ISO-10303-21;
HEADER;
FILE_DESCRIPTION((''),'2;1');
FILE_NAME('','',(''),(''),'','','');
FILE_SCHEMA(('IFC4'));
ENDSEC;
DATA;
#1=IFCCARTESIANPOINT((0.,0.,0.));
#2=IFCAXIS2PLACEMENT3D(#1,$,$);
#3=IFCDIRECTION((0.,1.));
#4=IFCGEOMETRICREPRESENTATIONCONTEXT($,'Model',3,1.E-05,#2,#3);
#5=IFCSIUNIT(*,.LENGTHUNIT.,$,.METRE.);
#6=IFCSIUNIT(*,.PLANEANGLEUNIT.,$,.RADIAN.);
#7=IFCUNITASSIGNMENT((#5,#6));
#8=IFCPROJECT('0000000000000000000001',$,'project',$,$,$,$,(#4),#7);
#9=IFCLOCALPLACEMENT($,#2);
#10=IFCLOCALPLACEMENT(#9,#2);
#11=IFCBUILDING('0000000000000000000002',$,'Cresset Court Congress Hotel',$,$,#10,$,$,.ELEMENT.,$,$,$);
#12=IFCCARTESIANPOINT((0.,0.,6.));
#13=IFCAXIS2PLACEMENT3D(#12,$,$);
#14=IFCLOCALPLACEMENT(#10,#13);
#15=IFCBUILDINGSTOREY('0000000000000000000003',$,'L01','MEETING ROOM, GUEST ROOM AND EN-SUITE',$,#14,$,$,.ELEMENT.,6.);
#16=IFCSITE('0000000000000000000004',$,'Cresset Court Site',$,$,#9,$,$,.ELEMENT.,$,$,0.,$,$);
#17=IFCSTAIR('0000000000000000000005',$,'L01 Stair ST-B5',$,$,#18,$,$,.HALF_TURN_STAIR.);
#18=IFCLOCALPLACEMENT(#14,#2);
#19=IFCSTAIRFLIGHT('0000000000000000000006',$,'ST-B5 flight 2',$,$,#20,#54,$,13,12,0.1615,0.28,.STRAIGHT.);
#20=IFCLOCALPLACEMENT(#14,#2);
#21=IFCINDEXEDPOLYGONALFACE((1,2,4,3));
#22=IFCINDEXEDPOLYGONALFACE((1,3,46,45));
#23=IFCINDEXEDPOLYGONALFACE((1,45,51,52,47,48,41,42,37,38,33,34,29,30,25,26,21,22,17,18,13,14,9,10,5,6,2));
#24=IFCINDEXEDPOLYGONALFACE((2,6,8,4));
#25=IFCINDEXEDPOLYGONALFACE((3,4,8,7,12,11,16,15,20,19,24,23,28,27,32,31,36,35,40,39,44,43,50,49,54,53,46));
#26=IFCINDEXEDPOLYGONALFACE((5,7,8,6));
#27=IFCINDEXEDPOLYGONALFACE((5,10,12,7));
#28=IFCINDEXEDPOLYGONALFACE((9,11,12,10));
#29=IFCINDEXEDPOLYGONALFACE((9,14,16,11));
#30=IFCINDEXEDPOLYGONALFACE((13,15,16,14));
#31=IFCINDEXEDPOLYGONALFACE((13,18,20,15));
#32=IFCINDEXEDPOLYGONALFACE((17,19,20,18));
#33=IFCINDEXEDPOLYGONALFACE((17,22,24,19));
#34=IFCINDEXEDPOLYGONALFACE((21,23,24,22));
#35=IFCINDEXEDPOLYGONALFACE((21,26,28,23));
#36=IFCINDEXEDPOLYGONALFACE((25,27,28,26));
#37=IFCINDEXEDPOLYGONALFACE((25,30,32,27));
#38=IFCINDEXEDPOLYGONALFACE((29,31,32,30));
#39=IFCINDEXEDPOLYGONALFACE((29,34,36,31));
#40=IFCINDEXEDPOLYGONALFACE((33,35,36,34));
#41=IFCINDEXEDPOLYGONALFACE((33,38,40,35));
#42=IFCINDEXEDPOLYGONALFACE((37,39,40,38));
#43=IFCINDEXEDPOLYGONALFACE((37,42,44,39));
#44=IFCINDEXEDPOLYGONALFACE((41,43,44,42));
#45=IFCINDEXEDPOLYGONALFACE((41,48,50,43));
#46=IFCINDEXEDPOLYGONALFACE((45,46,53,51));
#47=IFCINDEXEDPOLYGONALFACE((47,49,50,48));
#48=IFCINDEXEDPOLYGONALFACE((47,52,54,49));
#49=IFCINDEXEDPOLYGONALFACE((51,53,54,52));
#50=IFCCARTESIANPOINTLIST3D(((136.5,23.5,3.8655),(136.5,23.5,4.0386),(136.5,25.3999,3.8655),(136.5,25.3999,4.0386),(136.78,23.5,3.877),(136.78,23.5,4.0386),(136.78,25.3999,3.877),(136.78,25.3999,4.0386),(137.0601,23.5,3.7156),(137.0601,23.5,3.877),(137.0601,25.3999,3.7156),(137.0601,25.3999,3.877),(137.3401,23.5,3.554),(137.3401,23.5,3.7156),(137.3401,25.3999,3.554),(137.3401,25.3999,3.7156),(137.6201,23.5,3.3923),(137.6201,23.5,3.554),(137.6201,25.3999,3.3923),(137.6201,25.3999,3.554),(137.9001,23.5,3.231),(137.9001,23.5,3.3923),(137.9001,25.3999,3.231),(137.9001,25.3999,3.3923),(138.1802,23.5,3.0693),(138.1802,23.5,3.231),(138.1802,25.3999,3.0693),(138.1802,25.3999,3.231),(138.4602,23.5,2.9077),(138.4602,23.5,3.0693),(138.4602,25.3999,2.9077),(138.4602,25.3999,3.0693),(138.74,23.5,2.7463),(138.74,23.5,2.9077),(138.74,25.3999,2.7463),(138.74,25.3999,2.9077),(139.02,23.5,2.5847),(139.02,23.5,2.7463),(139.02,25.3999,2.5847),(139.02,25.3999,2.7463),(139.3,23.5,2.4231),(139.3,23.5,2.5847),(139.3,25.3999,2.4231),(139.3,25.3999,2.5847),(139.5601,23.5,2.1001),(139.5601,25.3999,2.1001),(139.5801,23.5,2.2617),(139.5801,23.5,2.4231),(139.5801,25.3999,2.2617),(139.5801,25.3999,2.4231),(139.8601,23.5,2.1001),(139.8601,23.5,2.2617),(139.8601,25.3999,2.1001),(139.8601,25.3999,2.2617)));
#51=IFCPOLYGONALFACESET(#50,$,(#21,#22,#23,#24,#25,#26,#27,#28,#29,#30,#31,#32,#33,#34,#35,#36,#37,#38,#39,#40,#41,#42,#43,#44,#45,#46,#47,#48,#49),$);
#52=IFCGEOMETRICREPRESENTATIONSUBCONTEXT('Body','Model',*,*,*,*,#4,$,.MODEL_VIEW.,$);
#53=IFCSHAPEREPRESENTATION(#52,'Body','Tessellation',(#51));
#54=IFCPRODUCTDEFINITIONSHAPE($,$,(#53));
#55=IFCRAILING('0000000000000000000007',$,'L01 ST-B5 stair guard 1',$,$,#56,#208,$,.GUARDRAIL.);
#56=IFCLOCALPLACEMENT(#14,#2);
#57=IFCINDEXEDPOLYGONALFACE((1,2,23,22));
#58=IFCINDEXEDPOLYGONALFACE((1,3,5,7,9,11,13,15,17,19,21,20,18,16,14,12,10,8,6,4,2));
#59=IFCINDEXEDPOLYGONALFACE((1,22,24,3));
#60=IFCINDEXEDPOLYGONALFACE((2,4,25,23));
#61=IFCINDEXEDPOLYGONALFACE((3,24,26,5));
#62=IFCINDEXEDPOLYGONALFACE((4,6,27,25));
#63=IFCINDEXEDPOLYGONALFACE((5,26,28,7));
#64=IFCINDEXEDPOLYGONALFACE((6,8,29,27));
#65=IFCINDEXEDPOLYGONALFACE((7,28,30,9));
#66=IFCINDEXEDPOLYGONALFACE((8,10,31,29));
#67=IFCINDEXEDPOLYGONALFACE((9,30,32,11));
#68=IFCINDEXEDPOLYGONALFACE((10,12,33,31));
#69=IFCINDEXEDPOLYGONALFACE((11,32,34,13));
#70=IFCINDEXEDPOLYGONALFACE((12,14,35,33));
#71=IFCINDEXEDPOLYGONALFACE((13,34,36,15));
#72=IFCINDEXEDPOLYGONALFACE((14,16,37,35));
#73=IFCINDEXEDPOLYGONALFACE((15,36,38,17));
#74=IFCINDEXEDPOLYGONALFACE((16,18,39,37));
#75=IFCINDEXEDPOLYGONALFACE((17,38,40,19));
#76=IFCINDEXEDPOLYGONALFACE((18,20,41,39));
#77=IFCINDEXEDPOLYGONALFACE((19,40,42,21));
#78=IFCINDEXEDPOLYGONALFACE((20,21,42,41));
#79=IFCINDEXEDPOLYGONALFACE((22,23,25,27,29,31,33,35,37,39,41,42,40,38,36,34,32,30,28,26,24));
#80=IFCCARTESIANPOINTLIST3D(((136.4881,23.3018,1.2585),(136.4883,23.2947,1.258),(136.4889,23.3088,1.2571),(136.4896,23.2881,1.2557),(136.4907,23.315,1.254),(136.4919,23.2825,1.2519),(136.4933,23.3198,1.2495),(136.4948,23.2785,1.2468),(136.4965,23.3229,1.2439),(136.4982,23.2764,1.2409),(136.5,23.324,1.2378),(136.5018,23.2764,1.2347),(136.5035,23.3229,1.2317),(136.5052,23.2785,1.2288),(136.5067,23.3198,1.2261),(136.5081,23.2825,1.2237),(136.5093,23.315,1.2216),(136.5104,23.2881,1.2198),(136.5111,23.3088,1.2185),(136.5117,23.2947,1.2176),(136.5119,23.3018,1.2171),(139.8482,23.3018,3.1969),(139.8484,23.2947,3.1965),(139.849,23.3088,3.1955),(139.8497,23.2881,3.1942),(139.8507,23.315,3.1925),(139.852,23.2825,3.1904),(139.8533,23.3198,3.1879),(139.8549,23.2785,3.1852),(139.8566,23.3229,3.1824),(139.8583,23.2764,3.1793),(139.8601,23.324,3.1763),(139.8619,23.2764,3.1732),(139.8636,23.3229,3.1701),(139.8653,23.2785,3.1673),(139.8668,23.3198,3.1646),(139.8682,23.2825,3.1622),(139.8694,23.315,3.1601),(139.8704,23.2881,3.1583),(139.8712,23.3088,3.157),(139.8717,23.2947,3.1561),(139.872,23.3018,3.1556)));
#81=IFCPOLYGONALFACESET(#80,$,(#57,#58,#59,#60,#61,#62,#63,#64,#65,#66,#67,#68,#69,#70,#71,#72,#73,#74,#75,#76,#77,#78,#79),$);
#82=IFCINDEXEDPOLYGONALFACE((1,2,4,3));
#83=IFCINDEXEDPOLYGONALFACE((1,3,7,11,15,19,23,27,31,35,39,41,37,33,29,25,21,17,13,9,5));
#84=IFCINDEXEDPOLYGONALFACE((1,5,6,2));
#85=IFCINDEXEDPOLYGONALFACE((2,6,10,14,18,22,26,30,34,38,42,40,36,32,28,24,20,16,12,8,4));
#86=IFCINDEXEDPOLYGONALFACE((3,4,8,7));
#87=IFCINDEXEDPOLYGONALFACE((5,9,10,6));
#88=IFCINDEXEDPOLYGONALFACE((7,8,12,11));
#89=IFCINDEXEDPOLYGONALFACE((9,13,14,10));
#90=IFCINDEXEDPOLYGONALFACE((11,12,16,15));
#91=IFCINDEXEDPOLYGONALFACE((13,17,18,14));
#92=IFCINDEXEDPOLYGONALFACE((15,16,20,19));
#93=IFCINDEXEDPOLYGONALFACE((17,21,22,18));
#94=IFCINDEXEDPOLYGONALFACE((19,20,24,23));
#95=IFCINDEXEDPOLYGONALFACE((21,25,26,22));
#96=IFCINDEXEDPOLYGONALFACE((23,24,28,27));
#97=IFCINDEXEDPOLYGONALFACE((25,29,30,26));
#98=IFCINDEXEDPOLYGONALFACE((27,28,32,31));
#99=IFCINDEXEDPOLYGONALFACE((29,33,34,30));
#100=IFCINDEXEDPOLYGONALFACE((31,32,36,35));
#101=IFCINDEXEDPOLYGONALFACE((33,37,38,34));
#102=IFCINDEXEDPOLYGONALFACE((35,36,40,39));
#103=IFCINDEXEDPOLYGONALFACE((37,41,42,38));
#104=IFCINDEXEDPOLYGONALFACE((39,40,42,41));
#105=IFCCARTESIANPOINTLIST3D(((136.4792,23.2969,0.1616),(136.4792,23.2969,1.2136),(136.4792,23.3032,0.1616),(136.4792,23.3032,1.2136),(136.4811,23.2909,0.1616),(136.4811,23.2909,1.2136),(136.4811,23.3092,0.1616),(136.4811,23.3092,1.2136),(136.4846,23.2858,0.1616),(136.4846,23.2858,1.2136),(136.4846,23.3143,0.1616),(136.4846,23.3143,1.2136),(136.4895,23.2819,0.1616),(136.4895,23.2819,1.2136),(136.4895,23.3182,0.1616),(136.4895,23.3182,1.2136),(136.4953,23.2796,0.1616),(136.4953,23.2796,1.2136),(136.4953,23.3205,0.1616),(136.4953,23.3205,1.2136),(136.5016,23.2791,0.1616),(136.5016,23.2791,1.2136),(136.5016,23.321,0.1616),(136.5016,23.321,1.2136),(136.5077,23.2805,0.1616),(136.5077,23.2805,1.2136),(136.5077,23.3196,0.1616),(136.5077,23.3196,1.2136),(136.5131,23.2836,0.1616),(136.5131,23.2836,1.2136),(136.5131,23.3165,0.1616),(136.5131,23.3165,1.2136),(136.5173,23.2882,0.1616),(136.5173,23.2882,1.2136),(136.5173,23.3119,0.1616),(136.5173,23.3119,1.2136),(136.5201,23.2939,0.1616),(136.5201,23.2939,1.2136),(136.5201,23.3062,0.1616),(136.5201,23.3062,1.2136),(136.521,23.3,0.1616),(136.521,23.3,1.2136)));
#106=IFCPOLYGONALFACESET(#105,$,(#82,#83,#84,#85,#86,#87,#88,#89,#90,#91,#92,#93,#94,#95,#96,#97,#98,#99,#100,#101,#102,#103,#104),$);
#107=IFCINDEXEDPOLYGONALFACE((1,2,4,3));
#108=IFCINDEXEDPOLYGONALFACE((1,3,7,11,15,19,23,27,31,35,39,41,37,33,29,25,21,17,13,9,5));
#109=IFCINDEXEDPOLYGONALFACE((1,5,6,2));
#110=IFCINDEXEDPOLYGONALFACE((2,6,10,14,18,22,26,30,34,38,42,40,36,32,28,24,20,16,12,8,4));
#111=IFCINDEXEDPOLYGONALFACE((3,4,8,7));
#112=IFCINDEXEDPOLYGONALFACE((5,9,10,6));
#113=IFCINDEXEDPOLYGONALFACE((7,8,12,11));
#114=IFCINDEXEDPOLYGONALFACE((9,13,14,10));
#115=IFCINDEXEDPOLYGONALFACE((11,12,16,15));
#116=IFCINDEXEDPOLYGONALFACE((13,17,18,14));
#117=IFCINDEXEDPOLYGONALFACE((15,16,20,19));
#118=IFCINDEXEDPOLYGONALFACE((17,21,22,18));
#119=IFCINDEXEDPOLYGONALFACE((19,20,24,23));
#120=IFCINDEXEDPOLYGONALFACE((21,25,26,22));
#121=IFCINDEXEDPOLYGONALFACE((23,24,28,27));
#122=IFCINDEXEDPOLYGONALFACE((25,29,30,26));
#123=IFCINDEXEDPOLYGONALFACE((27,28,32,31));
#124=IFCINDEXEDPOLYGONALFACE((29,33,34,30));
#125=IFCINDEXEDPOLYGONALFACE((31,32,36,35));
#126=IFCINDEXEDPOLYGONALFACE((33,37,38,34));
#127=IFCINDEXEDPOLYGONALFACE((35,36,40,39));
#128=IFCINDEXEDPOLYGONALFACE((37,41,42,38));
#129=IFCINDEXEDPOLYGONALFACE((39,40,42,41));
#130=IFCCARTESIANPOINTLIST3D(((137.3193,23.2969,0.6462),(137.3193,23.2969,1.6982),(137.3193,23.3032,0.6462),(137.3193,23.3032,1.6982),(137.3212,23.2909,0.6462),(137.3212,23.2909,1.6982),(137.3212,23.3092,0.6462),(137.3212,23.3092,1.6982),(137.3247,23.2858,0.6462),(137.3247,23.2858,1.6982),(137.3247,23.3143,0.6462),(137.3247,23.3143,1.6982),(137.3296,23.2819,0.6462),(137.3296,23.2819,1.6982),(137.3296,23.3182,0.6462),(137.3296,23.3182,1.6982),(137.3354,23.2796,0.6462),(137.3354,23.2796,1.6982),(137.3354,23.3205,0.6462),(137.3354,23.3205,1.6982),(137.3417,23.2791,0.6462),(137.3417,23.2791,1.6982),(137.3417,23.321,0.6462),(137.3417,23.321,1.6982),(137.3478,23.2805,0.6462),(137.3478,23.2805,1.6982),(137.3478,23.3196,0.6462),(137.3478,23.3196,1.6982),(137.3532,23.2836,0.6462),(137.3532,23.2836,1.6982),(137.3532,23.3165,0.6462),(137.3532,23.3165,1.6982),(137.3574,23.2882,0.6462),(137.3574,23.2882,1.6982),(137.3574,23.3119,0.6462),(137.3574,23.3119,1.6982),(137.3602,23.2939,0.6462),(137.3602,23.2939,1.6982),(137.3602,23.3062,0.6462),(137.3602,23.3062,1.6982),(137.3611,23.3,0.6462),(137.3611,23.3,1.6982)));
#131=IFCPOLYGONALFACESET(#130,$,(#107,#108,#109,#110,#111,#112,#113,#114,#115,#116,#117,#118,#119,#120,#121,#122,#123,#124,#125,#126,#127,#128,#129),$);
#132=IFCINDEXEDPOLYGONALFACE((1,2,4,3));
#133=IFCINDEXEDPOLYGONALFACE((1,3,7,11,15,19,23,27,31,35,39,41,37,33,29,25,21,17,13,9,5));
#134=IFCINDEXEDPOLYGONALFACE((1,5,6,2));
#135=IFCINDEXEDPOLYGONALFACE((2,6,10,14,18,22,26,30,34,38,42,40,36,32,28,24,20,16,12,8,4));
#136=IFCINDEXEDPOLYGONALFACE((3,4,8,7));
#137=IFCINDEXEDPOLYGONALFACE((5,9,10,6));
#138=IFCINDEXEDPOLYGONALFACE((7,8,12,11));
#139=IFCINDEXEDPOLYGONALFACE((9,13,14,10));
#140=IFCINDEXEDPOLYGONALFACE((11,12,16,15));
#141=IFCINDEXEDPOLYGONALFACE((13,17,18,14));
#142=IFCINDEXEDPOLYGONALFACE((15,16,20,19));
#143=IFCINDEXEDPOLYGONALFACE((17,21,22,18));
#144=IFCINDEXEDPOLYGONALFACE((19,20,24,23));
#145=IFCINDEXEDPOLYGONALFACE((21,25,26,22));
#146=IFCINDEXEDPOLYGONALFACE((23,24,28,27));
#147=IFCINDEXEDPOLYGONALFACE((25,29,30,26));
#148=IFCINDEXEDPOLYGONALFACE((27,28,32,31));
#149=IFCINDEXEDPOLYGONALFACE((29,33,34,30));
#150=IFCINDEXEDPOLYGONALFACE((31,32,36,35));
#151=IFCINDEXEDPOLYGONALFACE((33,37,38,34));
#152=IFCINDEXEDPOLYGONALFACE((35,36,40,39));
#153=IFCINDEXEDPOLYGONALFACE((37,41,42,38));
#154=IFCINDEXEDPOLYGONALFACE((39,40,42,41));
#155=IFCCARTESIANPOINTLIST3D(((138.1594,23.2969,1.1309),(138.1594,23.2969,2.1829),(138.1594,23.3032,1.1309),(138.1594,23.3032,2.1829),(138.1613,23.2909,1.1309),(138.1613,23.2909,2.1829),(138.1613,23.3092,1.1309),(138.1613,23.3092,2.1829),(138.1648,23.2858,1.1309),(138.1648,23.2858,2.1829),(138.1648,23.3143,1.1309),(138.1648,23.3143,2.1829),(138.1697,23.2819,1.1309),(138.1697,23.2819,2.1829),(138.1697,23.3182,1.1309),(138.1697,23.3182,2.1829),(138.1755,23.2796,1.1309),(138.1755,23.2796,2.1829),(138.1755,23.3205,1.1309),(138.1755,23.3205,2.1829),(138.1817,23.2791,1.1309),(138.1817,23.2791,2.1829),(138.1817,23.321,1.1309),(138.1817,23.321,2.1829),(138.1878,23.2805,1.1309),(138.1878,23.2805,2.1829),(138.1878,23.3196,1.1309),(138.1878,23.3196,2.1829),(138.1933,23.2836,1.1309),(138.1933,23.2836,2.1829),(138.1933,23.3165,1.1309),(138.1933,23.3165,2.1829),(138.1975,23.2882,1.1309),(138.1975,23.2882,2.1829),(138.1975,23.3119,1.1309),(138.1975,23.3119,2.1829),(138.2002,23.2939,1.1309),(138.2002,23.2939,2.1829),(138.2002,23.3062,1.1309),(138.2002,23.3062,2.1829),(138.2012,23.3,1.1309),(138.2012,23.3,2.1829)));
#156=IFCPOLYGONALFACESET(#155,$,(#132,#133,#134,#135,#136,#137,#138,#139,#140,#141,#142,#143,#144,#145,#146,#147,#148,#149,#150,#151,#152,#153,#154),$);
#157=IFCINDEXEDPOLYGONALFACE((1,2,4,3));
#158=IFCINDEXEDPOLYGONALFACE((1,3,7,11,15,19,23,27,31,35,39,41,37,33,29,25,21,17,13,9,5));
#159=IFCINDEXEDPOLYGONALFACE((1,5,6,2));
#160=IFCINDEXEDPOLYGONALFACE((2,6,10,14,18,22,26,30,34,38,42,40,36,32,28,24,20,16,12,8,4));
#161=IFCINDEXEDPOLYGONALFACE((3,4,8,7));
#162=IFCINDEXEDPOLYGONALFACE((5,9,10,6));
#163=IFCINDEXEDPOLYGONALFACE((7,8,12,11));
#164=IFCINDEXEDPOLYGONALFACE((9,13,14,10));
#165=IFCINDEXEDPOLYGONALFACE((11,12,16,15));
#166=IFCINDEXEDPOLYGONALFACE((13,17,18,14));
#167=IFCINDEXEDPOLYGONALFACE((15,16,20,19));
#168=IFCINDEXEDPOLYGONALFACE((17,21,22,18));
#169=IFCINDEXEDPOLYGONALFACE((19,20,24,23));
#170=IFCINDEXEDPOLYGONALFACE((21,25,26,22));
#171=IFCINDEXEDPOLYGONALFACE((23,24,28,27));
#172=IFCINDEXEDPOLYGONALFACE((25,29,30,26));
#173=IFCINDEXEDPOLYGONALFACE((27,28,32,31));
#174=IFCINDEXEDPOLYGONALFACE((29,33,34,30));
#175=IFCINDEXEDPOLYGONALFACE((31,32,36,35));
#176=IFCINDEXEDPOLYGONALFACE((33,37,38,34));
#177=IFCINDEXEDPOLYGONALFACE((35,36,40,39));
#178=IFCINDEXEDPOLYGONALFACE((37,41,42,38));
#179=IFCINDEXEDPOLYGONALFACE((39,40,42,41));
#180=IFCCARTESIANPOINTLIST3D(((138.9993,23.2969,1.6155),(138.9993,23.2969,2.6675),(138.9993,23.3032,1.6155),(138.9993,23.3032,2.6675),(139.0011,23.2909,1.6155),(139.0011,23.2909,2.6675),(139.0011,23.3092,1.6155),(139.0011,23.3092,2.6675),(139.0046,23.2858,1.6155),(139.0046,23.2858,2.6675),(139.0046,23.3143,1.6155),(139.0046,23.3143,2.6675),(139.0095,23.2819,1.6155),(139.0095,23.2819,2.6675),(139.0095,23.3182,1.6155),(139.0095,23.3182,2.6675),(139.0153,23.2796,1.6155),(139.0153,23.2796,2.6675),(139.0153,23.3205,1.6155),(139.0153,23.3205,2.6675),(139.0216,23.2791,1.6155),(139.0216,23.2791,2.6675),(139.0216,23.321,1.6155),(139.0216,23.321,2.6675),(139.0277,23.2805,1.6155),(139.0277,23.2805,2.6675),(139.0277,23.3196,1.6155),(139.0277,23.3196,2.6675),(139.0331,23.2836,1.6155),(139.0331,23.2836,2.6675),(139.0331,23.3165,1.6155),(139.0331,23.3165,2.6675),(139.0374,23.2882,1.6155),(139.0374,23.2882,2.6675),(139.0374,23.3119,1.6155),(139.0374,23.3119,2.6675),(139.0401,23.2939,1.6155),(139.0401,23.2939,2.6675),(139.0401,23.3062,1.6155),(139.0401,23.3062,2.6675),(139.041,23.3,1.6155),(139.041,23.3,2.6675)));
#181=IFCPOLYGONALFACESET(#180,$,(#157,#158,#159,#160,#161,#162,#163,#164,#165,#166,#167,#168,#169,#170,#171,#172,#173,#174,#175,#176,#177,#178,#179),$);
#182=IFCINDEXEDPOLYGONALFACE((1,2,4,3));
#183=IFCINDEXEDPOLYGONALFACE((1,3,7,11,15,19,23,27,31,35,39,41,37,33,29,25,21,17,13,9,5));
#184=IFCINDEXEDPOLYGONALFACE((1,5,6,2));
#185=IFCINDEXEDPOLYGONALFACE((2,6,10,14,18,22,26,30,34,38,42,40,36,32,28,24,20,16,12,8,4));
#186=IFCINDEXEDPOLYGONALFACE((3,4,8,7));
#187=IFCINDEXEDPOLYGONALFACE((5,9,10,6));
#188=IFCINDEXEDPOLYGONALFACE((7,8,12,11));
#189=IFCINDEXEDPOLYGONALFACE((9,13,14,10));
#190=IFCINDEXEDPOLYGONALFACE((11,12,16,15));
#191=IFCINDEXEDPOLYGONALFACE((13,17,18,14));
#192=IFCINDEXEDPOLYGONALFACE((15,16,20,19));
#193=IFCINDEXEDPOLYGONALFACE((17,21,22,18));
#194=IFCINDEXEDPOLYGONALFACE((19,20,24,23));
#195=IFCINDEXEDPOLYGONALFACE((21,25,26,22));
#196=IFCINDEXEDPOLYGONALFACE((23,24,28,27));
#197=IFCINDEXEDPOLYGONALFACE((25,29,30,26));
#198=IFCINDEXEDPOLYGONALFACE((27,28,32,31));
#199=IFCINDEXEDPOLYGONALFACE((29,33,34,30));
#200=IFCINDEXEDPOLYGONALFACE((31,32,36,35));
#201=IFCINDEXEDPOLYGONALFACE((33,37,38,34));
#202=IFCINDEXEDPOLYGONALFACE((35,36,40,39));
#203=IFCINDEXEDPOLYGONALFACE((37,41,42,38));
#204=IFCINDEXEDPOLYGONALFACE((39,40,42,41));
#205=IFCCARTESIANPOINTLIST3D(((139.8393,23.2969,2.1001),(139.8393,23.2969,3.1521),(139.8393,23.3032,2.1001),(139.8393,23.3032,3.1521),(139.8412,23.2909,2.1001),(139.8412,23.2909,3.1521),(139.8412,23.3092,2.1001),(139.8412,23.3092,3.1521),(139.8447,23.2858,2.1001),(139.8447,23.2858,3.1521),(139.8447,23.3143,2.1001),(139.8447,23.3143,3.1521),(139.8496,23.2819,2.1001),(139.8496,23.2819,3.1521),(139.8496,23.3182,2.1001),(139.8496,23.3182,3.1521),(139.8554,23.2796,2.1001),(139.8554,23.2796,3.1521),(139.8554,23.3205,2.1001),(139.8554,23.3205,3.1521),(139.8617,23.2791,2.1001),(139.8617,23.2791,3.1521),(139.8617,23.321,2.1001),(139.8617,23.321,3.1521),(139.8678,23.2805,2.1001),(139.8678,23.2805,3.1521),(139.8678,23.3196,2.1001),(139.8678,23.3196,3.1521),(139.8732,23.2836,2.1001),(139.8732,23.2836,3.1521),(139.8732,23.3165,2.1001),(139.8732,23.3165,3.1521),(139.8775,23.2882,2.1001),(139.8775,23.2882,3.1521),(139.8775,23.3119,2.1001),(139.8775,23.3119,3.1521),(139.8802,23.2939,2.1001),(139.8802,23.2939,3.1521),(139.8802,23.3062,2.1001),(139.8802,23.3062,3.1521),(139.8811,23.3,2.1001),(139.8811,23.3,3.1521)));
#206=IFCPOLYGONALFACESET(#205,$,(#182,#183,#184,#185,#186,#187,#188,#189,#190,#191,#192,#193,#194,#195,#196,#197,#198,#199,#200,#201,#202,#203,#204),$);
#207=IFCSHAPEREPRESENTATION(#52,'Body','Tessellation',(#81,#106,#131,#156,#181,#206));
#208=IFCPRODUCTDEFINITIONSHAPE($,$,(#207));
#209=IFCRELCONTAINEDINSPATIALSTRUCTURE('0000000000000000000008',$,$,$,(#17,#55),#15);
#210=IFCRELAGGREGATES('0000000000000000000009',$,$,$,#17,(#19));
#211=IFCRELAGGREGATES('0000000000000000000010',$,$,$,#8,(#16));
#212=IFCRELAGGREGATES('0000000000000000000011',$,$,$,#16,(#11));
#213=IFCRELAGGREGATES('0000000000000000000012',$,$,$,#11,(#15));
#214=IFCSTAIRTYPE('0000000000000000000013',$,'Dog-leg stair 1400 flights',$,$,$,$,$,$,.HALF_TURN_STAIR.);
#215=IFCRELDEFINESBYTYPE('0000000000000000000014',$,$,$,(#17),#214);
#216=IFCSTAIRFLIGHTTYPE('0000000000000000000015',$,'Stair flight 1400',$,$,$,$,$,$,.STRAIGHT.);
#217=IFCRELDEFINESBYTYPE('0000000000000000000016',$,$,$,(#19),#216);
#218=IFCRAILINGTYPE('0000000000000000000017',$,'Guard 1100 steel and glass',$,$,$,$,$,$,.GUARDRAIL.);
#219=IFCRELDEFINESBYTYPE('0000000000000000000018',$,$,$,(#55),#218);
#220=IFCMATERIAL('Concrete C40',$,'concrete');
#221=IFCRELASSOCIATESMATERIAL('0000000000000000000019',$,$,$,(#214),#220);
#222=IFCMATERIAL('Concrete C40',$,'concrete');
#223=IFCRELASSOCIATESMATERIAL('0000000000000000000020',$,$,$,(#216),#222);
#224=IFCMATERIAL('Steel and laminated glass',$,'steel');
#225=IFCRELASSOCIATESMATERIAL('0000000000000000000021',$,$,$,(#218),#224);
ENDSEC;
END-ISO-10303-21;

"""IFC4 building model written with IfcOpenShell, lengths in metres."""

from ifc_helpers import new_model, si_unit, direction, frame, origin, origin_2d, place, context, subcontext, project, spatial, polyline, circle, outline, extrude, material, type_object, element, aggregate, save


model = new_model("IFC4")

# Units and contexts
model_context = context("Model", 3, precision=1e-05, world=origin(), true_north=direction((0.0, 1.0)))
body_context = subcontext(model_context, "Body", "Model", "MODEL_VIEW")
ifc_project = project(units=[si_unit("LENGTHUNIT", "METRE"), si_unit("PLANEANGLEUNIT", "RADIAN")], contexts=[model_context])

# Site, building, storey
site_placement = place(None, origin())
site = spatial("IfcSite", under=ifc_project, at=site_placement, Name="Cresset Court Site", CompositionType="ELEMENT", RefElevation=0.0)
building_placement = place(site_placement, origin())
building = spatial("IfcBuilding", under=site, at=building_placement, Name="Cresset Court Congress Hotel", CompositionType="ELEMENT")
storey_placement = place(building_placement, frame((0.0, 0.0, 6.0)))
storey = spatial("IfcBuildingStorey", under=building, at=storey_placement, Name="L01", Description="MEETING ROOM, GUEST ROOM AND EN-SUITE", CompositionType="ELEMENT", Elevation=6.0)

# Stair, stair flight
ifc_material_1 = material(Name="Concrete C40", Category="concrete")
stair_type = type_object("IfcStairType", Name="Dog-leg stair 1400 flights", PredefinedType="HALF_TURN_STAIR", material=ifc_material_1)
stair_placement = place(storey_placement, origin())
stair = element("IfcStair", 1, at=stair_placement, inside=storey, type_object=stair_type, Name="L01 Stair ST-B5", PredefinedType="HALF_TURN_STAIR")
ifc_material_2 = material(Name="Concrete C40", Category="concrete")
stair_flight_type = type_object("IfcStairFlightType", Name="Stair flight 1400", PredefinedType="STRAIGHT", material=ifc_material_2)
stair_flight_1_placement = place(storey_placement, frame((139.8601, 24.45, 2.1001), z_axis=(0.0, 0.0, 1.0), x_axis=(-1.0, 0.0, 0.0)))
stair_flight_1 = element("IfcStairFlight", 2, at=stair_flight_1_placement, type_object=stair_flight_type, Name="ST-B5 flight 2", NumberOfRisers=13, NumberOfTreads=12, PredefinedType="STRAIGHT", RiserHeight=0.1615, TreadLength=0.28, context=body_context, shape_type="SweptSolid", body=[
    extrude(outline(polyline([(0.0, 0.0), (0.0, 0.1616), (0.28, 0.1616), (0.28, 0.323), (0.5601, 0.323), (0.5601, 0.4846), (0.8401, 0.4846), (0.8401, 0.6462), (1.1201, 0.6462), (1.1201, 0.8076), (1.3999, 0.8076), (1.3999, 0.9692), (1.6799, 0.9692), (1.6799, 1.1309), (1.96, 1.1309), (1.96, 1.2922), (2.24, 1.2922), (2.24, 1.4539), (2.52, 1.4539), (2.52, 1.6155), (2.8, 1.6155), (2.8, 1.7769), (3.0801, 1.7769), (3.0801, 1.9385), (3.3601, 1.9385), (3.3601, 2.1001), (3.3601, 1.7654), (0.3, 0.0), (0.0, 0.0)])), frame((0.0, 0.95, 0.0), z_axis=(0.0, -1.0, 0.0), x_axis=(1.0, 0.0, 0.0)), (0.0, 0.0, 1.0), 1.8999),
])
aggregate(stair, [stair_flight_1])

# Railing
ifc_material_3 = material(Name="Steel and laminated glass", Category="steel")
railing_type_1 = type_object("IfcRailingType", Name="Guard 1100 steel and glass", PredefinedType="GUARDRAIL", material=ifc_material_3)
railing_1_placement = place(storey_placement, frame((136.5, 23.3, 0.1616)))
element("IfcRailing", 3, at=railing_1_placement, inside=storey, type_object=railing_type_1, Name="L01 ST-B5 stair guard 1", PredefinedType="GUARDRAIL", context=body_context, shape_type="SweptSolid", body=[
    extrude(circle(Radius=0.0239, at=origin_2d()), frame((0.0, 0.0, 1.0762), z_axis=(0.866191, 0.0, 0.499713), x_axis=(0.0, 1.0, 0.0)), (0.0, 0.0, 1.0), 3.8792),
    extrude(circle(Radius=0.021, at=origin_2d()), origin(), (0.0, 0.0, 1.0), 1.052),
    extrude(circle(Radius=0.021, at=origin_2d()), frame((0.8401, 0.0, 0.4846)), (0.0, 0.0, 1.0), 1.052),
    extrude(circle(Radius=0.021, at=origin_2d()), frame((1.6802, 0.0, 0.9692)), (0.0, 0.0, 1.0), 1.052),
    extrude(circle(Radius=0.021, at=origin_2d()), frame((2.52, 0.0, 1.4539)), (0.0, 0.0, 1.0), 1.052),
    extrude(circle(Radius=0.021, at=origin_2d()), frame((3.3601, 0.0, 1.9385)), (0.0, 0.0, 1.0), 1.052),
])

save(model, "model.ifc")
